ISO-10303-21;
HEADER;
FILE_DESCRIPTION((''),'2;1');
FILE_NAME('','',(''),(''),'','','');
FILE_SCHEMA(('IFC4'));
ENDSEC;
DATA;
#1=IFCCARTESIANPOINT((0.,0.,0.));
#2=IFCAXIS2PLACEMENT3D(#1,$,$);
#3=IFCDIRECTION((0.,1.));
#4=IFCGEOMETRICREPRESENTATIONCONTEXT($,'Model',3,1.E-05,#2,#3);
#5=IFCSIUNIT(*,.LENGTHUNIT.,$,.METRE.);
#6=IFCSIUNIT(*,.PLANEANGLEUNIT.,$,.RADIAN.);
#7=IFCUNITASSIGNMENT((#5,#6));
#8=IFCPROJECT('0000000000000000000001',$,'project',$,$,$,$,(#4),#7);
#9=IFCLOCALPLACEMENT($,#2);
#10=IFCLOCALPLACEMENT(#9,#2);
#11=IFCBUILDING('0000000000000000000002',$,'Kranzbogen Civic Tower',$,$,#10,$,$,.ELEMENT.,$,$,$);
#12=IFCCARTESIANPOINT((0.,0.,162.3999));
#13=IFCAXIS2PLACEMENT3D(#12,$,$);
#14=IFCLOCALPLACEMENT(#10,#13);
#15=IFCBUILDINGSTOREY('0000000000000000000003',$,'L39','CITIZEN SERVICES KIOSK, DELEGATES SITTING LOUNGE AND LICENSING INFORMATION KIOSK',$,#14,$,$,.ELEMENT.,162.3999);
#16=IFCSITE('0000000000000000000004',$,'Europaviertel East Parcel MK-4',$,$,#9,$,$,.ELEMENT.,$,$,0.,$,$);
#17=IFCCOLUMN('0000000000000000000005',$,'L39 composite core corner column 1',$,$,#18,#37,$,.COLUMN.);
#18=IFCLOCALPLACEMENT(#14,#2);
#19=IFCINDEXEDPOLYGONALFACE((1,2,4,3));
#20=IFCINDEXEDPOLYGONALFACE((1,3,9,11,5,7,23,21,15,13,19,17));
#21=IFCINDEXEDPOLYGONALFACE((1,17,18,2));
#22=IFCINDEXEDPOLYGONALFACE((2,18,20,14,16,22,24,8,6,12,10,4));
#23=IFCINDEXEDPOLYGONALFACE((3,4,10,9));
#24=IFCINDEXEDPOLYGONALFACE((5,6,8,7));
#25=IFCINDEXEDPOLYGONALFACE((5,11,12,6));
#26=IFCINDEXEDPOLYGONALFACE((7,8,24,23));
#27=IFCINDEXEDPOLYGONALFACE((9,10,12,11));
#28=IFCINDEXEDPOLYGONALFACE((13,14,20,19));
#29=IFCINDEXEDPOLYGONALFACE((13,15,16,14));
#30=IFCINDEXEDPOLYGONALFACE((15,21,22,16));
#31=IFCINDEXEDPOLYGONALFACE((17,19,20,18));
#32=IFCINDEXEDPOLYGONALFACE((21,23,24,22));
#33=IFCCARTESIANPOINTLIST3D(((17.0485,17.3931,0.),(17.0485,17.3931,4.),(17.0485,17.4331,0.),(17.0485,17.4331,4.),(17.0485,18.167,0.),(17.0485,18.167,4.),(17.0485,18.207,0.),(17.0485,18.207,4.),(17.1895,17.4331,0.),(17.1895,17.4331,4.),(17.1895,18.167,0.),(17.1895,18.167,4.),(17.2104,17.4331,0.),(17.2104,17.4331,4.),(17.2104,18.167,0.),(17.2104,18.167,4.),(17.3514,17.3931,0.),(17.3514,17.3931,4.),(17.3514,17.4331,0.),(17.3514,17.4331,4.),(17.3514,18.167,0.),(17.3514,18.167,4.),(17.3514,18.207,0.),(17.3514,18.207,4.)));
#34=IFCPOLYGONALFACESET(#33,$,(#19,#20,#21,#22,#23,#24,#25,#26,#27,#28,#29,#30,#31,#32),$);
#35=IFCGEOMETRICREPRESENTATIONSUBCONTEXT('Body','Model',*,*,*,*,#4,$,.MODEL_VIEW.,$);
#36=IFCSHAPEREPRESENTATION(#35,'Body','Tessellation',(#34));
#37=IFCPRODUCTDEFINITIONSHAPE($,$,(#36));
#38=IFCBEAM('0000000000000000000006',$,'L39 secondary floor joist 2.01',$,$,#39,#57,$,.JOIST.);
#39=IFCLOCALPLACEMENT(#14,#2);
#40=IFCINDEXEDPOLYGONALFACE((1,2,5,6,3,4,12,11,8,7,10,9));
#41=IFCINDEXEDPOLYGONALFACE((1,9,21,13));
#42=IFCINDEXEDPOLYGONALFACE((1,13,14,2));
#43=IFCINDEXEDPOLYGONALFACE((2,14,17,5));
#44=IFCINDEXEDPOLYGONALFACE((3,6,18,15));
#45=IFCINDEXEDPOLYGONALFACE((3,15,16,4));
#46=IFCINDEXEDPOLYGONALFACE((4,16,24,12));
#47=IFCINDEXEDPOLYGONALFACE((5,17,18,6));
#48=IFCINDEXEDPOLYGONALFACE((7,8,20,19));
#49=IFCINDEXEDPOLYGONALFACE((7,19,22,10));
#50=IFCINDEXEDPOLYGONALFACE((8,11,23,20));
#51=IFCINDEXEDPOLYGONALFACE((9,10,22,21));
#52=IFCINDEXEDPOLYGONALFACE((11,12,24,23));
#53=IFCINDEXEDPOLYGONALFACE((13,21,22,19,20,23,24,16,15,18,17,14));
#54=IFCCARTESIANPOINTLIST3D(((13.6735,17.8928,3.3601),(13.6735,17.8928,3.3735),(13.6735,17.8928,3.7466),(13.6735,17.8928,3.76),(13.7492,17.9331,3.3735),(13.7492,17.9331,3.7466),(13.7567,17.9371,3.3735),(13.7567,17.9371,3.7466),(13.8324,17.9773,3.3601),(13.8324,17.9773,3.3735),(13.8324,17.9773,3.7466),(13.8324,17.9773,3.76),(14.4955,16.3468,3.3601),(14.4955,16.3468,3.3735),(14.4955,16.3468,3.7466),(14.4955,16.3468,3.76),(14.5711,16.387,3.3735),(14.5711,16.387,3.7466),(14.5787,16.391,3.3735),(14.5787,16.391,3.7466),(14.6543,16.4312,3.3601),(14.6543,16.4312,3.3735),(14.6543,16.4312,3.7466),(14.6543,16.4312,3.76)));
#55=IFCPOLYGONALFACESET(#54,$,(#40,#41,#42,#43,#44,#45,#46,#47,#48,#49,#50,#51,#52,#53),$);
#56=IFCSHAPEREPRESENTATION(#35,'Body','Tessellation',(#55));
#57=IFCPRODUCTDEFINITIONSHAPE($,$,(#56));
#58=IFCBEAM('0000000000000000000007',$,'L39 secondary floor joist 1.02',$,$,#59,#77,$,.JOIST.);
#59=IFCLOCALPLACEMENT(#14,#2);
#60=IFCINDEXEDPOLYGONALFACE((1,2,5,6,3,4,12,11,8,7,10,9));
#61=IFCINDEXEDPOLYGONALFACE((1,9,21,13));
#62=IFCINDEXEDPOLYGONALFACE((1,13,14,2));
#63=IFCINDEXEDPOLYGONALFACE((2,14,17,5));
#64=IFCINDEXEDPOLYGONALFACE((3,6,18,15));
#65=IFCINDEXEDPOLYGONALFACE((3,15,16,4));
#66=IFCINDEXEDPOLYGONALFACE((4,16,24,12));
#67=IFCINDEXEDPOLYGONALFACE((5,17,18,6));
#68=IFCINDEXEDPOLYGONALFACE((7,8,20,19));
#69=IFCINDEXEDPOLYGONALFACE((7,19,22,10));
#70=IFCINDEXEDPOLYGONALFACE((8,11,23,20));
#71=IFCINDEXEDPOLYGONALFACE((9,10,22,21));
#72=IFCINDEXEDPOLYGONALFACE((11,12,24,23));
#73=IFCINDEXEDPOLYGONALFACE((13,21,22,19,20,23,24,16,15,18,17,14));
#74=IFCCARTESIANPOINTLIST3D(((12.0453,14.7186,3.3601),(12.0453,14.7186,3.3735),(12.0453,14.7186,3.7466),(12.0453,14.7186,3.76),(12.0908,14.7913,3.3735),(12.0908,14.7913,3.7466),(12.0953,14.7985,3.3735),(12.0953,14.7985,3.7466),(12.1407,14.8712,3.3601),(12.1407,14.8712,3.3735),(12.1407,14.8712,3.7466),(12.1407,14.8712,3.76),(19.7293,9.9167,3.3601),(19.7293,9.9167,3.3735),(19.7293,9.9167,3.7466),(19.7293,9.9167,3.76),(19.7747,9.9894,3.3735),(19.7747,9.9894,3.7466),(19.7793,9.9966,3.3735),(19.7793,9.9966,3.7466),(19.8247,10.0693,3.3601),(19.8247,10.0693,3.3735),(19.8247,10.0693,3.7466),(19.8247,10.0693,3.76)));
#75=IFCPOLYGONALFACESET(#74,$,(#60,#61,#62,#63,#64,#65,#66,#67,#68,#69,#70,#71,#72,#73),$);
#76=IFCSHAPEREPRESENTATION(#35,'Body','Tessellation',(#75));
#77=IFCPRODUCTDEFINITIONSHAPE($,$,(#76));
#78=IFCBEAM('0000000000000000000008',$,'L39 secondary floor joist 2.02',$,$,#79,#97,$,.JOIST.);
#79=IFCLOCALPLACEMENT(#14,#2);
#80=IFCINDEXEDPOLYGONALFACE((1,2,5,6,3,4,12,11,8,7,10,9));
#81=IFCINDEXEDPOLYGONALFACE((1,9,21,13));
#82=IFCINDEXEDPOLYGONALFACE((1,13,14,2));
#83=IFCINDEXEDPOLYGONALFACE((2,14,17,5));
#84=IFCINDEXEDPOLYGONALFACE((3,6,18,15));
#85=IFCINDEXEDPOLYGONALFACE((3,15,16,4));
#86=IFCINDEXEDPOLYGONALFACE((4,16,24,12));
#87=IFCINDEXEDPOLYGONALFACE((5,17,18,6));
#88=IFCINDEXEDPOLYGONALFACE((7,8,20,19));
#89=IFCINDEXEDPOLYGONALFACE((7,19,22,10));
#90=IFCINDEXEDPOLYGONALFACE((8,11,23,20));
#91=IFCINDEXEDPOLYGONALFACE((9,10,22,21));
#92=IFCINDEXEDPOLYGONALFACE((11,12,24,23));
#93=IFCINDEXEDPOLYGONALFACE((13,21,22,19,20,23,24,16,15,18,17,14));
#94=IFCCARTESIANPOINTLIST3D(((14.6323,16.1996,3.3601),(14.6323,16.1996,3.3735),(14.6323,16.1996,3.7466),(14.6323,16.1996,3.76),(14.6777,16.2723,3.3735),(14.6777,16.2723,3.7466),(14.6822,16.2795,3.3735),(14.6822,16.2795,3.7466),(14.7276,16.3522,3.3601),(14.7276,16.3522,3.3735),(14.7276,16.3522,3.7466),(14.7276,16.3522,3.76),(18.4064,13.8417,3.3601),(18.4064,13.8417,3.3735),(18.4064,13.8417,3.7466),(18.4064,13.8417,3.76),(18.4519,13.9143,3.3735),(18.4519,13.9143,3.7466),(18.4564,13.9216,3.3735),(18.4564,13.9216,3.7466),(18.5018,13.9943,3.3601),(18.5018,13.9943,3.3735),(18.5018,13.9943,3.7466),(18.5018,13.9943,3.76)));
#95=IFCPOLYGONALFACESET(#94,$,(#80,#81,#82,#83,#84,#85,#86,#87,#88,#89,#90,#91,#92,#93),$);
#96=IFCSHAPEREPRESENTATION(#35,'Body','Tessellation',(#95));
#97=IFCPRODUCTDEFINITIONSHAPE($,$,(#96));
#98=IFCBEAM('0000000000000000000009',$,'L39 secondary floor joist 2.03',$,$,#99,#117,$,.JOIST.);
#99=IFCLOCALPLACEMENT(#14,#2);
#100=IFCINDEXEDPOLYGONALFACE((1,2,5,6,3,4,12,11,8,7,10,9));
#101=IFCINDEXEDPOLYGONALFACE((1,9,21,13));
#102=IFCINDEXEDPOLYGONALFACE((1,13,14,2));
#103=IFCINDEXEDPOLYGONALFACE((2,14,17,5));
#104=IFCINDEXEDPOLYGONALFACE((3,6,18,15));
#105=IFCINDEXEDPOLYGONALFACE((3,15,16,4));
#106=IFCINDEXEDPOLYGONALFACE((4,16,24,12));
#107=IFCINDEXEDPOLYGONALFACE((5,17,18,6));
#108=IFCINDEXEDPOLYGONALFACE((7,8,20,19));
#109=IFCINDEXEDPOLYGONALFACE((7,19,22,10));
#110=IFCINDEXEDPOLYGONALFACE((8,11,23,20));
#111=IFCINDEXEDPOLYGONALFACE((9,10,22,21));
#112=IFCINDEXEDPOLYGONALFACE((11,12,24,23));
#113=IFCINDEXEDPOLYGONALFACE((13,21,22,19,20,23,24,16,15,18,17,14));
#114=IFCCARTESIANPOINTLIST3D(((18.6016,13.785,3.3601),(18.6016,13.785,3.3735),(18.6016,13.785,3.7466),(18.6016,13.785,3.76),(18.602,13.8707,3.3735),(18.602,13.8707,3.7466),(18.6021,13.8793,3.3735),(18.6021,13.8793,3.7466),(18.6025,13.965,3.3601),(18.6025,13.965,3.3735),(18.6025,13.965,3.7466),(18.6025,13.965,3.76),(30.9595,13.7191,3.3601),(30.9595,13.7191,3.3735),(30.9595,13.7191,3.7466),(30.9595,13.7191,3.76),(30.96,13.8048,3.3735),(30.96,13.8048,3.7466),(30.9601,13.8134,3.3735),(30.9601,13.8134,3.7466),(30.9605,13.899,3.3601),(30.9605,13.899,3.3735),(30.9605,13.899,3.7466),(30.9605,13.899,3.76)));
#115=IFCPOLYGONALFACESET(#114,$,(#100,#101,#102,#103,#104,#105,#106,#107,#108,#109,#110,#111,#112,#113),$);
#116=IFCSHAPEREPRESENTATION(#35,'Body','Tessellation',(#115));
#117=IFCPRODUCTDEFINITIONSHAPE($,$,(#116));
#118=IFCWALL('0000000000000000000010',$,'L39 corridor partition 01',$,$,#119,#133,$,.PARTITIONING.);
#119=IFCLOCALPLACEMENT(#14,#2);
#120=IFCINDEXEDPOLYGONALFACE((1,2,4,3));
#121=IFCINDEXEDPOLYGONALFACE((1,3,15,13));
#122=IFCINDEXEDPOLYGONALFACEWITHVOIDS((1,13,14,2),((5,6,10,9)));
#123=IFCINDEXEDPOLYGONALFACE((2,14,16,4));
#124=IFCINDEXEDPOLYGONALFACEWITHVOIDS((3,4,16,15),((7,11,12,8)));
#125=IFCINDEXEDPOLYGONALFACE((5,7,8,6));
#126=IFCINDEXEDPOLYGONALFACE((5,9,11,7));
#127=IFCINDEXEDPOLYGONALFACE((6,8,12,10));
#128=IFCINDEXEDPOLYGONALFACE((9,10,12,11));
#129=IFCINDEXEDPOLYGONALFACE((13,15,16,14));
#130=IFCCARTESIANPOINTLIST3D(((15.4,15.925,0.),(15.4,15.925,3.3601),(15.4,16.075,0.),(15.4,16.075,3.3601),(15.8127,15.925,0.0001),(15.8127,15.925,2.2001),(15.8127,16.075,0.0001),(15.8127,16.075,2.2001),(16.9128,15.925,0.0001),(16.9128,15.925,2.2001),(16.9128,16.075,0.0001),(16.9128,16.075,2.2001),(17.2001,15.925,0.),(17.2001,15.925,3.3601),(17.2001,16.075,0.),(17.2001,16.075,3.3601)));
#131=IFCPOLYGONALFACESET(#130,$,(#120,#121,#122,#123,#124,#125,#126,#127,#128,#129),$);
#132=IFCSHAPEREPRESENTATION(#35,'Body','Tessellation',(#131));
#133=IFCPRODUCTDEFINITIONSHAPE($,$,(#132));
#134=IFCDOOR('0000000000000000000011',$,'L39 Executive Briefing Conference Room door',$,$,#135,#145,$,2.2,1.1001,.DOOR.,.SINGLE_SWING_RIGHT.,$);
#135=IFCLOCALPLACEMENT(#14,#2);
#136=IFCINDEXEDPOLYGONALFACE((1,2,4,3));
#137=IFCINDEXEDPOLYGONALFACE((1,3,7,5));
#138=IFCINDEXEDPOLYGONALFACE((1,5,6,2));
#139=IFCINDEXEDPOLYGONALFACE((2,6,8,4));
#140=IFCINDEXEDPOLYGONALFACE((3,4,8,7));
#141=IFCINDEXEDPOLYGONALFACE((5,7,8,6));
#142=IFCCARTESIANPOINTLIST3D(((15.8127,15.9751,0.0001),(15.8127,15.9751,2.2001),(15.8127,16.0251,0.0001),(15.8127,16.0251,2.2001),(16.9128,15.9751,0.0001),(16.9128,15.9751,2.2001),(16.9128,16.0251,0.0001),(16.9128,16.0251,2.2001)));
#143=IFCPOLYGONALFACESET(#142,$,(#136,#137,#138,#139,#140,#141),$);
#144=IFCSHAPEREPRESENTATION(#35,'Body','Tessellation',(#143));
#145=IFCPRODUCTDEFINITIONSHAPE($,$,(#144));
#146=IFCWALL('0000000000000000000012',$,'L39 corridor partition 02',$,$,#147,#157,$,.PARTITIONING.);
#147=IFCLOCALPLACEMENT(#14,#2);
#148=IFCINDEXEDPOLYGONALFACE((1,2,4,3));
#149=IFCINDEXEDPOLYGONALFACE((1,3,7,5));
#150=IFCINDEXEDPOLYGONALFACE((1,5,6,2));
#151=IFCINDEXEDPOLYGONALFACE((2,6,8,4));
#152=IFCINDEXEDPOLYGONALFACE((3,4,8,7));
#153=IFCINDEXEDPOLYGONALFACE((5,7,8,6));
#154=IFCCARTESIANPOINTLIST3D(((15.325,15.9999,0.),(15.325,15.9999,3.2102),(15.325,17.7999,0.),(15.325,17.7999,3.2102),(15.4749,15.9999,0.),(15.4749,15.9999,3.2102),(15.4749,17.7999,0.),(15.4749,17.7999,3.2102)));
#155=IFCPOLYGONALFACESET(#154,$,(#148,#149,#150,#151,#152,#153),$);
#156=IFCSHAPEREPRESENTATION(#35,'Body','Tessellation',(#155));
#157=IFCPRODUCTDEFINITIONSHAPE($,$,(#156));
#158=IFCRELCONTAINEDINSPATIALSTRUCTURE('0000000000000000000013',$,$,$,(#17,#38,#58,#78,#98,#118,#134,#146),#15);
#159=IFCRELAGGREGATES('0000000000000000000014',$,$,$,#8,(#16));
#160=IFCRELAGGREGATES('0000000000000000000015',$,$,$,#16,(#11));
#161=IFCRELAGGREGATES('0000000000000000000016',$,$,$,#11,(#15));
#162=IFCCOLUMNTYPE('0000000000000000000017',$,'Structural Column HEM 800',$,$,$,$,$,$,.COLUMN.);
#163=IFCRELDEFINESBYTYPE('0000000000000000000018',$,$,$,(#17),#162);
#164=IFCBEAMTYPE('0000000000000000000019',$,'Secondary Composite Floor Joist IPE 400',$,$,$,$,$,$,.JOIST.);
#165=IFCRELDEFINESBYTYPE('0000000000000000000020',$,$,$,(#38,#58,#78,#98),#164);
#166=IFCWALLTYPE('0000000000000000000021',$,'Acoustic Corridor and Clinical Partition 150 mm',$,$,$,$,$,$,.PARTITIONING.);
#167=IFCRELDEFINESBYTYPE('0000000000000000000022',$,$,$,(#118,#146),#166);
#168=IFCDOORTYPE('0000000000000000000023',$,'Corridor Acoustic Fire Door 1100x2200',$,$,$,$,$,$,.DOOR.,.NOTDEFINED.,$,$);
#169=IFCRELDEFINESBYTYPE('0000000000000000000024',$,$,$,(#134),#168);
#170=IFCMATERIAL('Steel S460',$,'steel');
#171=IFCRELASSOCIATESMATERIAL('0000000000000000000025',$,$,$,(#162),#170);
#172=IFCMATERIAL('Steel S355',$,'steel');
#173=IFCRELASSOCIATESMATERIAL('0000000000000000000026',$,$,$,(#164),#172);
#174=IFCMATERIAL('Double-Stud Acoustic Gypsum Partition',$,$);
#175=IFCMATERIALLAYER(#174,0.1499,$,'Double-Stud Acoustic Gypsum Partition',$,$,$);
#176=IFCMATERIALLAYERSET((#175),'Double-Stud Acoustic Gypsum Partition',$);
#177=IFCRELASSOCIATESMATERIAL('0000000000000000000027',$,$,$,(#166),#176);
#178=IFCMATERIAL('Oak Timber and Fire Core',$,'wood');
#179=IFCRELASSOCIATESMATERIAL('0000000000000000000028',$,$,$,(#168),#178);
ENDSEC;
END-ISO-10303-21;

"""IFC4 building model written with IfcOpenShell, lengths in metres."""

from ifc_helpers import new_model, si_unit, direction, frame, frame_2d, origin, origin_2d, place, context, subcontext, project, spatial, rectangle, i_section, extrude, material, layer, layer_set, material_profile, profile_set, type_object, element, fill, save


model = new_model("IFC4")

# Units and contexts
model_context = context("Model", 3, precision=1e-05, world=origin(), true_north=direction((0.0, 1.0)))
body_context = subcontext(model_context, "Body", "Model", "MODEL_VIEW")
ifc_project = project(units=[si_unit("LENGTHUNIT", "METRE"), si_unit("PLANEANGLEUNIT", "RADIAN")], contexts=[model_context])

# Site, building, storey
site_placement = place(None, origin())
site = spatial("IfcSite", under=ifc_project, at=site_placement, Name="Europaviertel East Parcel MK-4", CompositionType="ELEMENT", RefElevation=0.0)
building_placement = place(site_placement, origin())
building = spatial("IfcBuilding", under=site, at=building_placement, Name="Kranzbogen Civic Tower", CompositionType="ELEMENT")
storey_placement = place(building_placement, frame((0.0, 0.0, 162.3999)))
storey = spatial("IfcBuildingStorey", under=building, at=storey_placement, Name="L39", Description="CITIZEN SERVICES KIOSK, DELEGATES SITTING LOUNGE AND LICENSING INFORMATION KIOSK", CompositionType="ELEMENT", Elevation=162.3999)

# Column
ifc_material_1 = material(Name="Steel S460", Category="steel")
ifc_material_profile_1 = material_profile(ifc_material_1, i_section(OverallWidth=0.303, OverallDepth=0.814, WebThickness=0.021, FlangeThickness=0.04, at=origin_2d()), Name="HEM 800")
ifc_profile_set_1 = profile_set([ifc_material_profile_1], Name="Steel S460")
column_type = type_object("IfcColumnType", Name="Structural Column HEM 800", PredefinedType="COLUMN", material=ifc_profile_set_1)
column_placement = place(storey_placement, frame((17.2, 17.8, 0.0), z_axis=(0.0, 0.0, 1.0), x_axis=(1.0, 0.0, 0.0)))
element("IfcColumn", 1, at=column_placement, inside=storey, type_object=column_type, Name="L39 composite core corner column 1", PredefinedType="COLUMN", context=body_context, shape_type="SweptSolid", body=[
    extrude(i_section(OverallWidth=0.303, OverallDepth=0.814, WebThickness=0.021, FlangeThickness=0.04, at=origin_2d()), origin(), (0.0, 0.0, 1.0), 4.0),
])

# Beams
ifc_material_2 = material(Name="Steel S355", Category="steel")
ifc_material_profile_2 = material_profile(ifc_material_2, i_section(OverallWidth=0.1799, OverallDepth=0.3999, WebThickness=0.0085, FlangeThickness=0.0134, at=origin_2d()), Name="IPE 400")
ifc_profile_set_2 = profile_set([ifc_material_profile_2], Name="Steel S355")
beam_type = type_object("IfcBeamType", Name="Secondary Composite Floor Joist IPE 400", PredefinedType="JOIST", material=ifc_profile_set_2)
beam_1_placement = place(storey_placement, frame((13.7529, 17.9351, 3.5601), z_axis=(0.469437, -0.882966, 0.0), x_axis=(0.882966, 0.469437, 0.0)))
element("IfcBeam", 2, at=beam_1_placement, inside=storey, type_object=beam_type, Name="L39 secondary floor joist 2.01", PredefinedType="JOIST", context=body_context, shape_type="SweptSolid", body=[
    extrude(i_section(OverallWidth=0.1799, OverallDepth=0.3999, WebThickness=0.0085, FlangeThickness=0.0134, at=origin_2d()), origin(), (0.0, 0.0, 1.0), 1.751),
])
beam_2_placement = place(storey_placement, frame((12.093, 14.7949, 3.5601), z_axis=(0.848026, -0.529955, 0.0), x_axis=(0.529955, 0.848026, 0.0)))
element("IfcBeam", 3, at=beam_2_placement, inside=storey, type_object=beam_type, Name="L39 secondary floor joist 1.02", PredefinedType="JOIST", context=body_context, shape_type="SweptSolid", body=[
    extrude(i_section(OverallWidth=0.1799, OverallDepth=0.3999, WebThickness=0.0085, FlangeThickness=0.0134, at=origin_2d()), origin(), (0.0, 0.0, 1.0), 9.061),
])
beam_3_placement = place(storey_placement, frame((14.6799, 16.2759, 3.5601), z_axis=(0.848094, -0.529846, 0.0), x_axis=(0.529846, 0.848094, 0.0)))
element("IfcBeam", 4, at=beam_3_placement, inside=storey, type_object=beam_type, Name="L39 secondary floor joist 2.02", PredefinedType="JOIST", context=body_context, shape_type="SweptSolid", body=[
    extrude(i_section(OverallWidth=0.1799, OverallDepth=0.3999, WebThickness=0.0085, FlangeThickness=0.0134, at=origin_2d()), origin(), (0.0, 0.0, 1.0), 4.4502),
])
beam_4_placement = place(storey_placement, frame((18.6021, 13.875, 3.5601), z_axis=(0.999986, -0.005334, 0.0), x_axis=(0.005334, 0.999986, 0.0)))
element("IfcBeam", 5, at=beam_4_placement, inside=storey, type_object=beam_type, Name="L39 secondary floor joist 2.03", PredefinedType="JOIST", context=body_context, shape_type="SweptSolid", body=[
    extrude(i_section(OverallWidth=0.1799, OverallDepth=0.3999, WebThickness=0.0085, FlangeThickness=0.0134, at=origin_2d()), origin(), (0.0, 0.0, 1.0), 12.3582),
])

# Wall, opening, door
ifc_material_3 = material(Name="Double-Stud Acoustic Gypsum Partition")
ifc_layer_1 = layer(ifc_material_3, 0.1499, Name="Double-Stud Acoustic Gypsum Partition")
ifc_layer_set_1 = layer_set([ifc_layer_1], Name="Double-Stud Acoustic Gypsum Partition")
wall_type_1 = type_object("IfcWallType", Name="Acoustic Corridor and Clinical Partition 150 mm", PredefinedType="PARTITIONING", material=ifc_layer_set_1)
wall_1_placement = place(storey_placement, frame((17.2, 16.0, 0.0), z_axis=(0.0, 0.0, 1.0), x_axis=(-1.0, 0.0, 0.0)))
wall_1 = element("IfcWall", 6, at=wall_1_placement, inside=storey, type_object=wall_type_1, Name="L39 corridor partition 01", PredefinedType="PARTITIONING", context=body_context, shape_type="SweptSolid", body=[
    extrude(rectangle(XDim=1.8, YDim=0.1499, at=frame_2d((0.8999, 0.0))), origin(), (0.0, 0.0, 1.0), 3.3601),
])
opening_1_placement = place(wall_1_placement, frame((0.2871, 0.0, 0.0)))
opening_1 = element("IfcOpeningElement", 7, at=opening_1_placement, cuts=wall_1, PredefinedType="OPENING", context=body_context, shape_type="SweptSolid", body=[
    extrude(rectangle(XDim=1.1001, YDim=2.2, at=frame_2d((0.55, 1.1001))), frame((0.0, 0.085, 0.0), z_axis=(0.0, -1.0, 0.0), x_axis=(1.0, 0.0, 0.0)), (0.0, 0.0, 1.0), 0.1699),
])
ifc_material_4 = material(Name="Oak Timber and Fire Core", Category="wood")
door_type_1 = type_object("IfcDoorType", Name="Corridor Acoustic Fire Door 1100x2200", OperationType="NOTDEFINED", PredefinedType="DOOR", material=ifc_material_4)
door_1_placement = place(opening_1_placement, origin())
door_1 = element("IfcDoor", 8, at=door_1_placement, inside=storey, type_object=door_type_1, Name="L39 Executive Briefing Conference Room door", OperationType="SINGLE_SWING_RIGHT", OverallHeight=2.2, OverallWidth=1.1001, PredefinedType="DOOR", context=body_context, shape_type="SweptSolid", body=[
    extrude(rectangle(XDim=1.1001, YDim=2.2, at=frame_2d((0.55, 1.1001))), frame((0.0, 0.0249, 0.0), z_axis=(0.0, -1.0, 0.0), x_axis=(1.0, 0.0, 0.0)), (0.0, 0.0, 1.0), 0.05),
])
fill(opening_1, door_1)

# Wall
wall_2_placement = place(storey_placement, frame((15.3999, 16.0, 0.0), z_axis=(0.0, 0.0, 1.0), x_axis=(0.0, 1.0, 0.0)))
element("IfcWall", 9, at=wall_2_placement, inside=storey, type_object=wall_type_1, Name="L39 corridor partition 02", PredefinedType="PARTITIONING", context=body_context, shape_type="SweptSolid", body=[
    extrude(rectangle(XDim=1.8, YDim=0.1499, at=frame_2d((0.8999, 0.0))), origin(), (0.0, 0.0, 1.0), 3.2102),
])

save(model, "model.ifc")
